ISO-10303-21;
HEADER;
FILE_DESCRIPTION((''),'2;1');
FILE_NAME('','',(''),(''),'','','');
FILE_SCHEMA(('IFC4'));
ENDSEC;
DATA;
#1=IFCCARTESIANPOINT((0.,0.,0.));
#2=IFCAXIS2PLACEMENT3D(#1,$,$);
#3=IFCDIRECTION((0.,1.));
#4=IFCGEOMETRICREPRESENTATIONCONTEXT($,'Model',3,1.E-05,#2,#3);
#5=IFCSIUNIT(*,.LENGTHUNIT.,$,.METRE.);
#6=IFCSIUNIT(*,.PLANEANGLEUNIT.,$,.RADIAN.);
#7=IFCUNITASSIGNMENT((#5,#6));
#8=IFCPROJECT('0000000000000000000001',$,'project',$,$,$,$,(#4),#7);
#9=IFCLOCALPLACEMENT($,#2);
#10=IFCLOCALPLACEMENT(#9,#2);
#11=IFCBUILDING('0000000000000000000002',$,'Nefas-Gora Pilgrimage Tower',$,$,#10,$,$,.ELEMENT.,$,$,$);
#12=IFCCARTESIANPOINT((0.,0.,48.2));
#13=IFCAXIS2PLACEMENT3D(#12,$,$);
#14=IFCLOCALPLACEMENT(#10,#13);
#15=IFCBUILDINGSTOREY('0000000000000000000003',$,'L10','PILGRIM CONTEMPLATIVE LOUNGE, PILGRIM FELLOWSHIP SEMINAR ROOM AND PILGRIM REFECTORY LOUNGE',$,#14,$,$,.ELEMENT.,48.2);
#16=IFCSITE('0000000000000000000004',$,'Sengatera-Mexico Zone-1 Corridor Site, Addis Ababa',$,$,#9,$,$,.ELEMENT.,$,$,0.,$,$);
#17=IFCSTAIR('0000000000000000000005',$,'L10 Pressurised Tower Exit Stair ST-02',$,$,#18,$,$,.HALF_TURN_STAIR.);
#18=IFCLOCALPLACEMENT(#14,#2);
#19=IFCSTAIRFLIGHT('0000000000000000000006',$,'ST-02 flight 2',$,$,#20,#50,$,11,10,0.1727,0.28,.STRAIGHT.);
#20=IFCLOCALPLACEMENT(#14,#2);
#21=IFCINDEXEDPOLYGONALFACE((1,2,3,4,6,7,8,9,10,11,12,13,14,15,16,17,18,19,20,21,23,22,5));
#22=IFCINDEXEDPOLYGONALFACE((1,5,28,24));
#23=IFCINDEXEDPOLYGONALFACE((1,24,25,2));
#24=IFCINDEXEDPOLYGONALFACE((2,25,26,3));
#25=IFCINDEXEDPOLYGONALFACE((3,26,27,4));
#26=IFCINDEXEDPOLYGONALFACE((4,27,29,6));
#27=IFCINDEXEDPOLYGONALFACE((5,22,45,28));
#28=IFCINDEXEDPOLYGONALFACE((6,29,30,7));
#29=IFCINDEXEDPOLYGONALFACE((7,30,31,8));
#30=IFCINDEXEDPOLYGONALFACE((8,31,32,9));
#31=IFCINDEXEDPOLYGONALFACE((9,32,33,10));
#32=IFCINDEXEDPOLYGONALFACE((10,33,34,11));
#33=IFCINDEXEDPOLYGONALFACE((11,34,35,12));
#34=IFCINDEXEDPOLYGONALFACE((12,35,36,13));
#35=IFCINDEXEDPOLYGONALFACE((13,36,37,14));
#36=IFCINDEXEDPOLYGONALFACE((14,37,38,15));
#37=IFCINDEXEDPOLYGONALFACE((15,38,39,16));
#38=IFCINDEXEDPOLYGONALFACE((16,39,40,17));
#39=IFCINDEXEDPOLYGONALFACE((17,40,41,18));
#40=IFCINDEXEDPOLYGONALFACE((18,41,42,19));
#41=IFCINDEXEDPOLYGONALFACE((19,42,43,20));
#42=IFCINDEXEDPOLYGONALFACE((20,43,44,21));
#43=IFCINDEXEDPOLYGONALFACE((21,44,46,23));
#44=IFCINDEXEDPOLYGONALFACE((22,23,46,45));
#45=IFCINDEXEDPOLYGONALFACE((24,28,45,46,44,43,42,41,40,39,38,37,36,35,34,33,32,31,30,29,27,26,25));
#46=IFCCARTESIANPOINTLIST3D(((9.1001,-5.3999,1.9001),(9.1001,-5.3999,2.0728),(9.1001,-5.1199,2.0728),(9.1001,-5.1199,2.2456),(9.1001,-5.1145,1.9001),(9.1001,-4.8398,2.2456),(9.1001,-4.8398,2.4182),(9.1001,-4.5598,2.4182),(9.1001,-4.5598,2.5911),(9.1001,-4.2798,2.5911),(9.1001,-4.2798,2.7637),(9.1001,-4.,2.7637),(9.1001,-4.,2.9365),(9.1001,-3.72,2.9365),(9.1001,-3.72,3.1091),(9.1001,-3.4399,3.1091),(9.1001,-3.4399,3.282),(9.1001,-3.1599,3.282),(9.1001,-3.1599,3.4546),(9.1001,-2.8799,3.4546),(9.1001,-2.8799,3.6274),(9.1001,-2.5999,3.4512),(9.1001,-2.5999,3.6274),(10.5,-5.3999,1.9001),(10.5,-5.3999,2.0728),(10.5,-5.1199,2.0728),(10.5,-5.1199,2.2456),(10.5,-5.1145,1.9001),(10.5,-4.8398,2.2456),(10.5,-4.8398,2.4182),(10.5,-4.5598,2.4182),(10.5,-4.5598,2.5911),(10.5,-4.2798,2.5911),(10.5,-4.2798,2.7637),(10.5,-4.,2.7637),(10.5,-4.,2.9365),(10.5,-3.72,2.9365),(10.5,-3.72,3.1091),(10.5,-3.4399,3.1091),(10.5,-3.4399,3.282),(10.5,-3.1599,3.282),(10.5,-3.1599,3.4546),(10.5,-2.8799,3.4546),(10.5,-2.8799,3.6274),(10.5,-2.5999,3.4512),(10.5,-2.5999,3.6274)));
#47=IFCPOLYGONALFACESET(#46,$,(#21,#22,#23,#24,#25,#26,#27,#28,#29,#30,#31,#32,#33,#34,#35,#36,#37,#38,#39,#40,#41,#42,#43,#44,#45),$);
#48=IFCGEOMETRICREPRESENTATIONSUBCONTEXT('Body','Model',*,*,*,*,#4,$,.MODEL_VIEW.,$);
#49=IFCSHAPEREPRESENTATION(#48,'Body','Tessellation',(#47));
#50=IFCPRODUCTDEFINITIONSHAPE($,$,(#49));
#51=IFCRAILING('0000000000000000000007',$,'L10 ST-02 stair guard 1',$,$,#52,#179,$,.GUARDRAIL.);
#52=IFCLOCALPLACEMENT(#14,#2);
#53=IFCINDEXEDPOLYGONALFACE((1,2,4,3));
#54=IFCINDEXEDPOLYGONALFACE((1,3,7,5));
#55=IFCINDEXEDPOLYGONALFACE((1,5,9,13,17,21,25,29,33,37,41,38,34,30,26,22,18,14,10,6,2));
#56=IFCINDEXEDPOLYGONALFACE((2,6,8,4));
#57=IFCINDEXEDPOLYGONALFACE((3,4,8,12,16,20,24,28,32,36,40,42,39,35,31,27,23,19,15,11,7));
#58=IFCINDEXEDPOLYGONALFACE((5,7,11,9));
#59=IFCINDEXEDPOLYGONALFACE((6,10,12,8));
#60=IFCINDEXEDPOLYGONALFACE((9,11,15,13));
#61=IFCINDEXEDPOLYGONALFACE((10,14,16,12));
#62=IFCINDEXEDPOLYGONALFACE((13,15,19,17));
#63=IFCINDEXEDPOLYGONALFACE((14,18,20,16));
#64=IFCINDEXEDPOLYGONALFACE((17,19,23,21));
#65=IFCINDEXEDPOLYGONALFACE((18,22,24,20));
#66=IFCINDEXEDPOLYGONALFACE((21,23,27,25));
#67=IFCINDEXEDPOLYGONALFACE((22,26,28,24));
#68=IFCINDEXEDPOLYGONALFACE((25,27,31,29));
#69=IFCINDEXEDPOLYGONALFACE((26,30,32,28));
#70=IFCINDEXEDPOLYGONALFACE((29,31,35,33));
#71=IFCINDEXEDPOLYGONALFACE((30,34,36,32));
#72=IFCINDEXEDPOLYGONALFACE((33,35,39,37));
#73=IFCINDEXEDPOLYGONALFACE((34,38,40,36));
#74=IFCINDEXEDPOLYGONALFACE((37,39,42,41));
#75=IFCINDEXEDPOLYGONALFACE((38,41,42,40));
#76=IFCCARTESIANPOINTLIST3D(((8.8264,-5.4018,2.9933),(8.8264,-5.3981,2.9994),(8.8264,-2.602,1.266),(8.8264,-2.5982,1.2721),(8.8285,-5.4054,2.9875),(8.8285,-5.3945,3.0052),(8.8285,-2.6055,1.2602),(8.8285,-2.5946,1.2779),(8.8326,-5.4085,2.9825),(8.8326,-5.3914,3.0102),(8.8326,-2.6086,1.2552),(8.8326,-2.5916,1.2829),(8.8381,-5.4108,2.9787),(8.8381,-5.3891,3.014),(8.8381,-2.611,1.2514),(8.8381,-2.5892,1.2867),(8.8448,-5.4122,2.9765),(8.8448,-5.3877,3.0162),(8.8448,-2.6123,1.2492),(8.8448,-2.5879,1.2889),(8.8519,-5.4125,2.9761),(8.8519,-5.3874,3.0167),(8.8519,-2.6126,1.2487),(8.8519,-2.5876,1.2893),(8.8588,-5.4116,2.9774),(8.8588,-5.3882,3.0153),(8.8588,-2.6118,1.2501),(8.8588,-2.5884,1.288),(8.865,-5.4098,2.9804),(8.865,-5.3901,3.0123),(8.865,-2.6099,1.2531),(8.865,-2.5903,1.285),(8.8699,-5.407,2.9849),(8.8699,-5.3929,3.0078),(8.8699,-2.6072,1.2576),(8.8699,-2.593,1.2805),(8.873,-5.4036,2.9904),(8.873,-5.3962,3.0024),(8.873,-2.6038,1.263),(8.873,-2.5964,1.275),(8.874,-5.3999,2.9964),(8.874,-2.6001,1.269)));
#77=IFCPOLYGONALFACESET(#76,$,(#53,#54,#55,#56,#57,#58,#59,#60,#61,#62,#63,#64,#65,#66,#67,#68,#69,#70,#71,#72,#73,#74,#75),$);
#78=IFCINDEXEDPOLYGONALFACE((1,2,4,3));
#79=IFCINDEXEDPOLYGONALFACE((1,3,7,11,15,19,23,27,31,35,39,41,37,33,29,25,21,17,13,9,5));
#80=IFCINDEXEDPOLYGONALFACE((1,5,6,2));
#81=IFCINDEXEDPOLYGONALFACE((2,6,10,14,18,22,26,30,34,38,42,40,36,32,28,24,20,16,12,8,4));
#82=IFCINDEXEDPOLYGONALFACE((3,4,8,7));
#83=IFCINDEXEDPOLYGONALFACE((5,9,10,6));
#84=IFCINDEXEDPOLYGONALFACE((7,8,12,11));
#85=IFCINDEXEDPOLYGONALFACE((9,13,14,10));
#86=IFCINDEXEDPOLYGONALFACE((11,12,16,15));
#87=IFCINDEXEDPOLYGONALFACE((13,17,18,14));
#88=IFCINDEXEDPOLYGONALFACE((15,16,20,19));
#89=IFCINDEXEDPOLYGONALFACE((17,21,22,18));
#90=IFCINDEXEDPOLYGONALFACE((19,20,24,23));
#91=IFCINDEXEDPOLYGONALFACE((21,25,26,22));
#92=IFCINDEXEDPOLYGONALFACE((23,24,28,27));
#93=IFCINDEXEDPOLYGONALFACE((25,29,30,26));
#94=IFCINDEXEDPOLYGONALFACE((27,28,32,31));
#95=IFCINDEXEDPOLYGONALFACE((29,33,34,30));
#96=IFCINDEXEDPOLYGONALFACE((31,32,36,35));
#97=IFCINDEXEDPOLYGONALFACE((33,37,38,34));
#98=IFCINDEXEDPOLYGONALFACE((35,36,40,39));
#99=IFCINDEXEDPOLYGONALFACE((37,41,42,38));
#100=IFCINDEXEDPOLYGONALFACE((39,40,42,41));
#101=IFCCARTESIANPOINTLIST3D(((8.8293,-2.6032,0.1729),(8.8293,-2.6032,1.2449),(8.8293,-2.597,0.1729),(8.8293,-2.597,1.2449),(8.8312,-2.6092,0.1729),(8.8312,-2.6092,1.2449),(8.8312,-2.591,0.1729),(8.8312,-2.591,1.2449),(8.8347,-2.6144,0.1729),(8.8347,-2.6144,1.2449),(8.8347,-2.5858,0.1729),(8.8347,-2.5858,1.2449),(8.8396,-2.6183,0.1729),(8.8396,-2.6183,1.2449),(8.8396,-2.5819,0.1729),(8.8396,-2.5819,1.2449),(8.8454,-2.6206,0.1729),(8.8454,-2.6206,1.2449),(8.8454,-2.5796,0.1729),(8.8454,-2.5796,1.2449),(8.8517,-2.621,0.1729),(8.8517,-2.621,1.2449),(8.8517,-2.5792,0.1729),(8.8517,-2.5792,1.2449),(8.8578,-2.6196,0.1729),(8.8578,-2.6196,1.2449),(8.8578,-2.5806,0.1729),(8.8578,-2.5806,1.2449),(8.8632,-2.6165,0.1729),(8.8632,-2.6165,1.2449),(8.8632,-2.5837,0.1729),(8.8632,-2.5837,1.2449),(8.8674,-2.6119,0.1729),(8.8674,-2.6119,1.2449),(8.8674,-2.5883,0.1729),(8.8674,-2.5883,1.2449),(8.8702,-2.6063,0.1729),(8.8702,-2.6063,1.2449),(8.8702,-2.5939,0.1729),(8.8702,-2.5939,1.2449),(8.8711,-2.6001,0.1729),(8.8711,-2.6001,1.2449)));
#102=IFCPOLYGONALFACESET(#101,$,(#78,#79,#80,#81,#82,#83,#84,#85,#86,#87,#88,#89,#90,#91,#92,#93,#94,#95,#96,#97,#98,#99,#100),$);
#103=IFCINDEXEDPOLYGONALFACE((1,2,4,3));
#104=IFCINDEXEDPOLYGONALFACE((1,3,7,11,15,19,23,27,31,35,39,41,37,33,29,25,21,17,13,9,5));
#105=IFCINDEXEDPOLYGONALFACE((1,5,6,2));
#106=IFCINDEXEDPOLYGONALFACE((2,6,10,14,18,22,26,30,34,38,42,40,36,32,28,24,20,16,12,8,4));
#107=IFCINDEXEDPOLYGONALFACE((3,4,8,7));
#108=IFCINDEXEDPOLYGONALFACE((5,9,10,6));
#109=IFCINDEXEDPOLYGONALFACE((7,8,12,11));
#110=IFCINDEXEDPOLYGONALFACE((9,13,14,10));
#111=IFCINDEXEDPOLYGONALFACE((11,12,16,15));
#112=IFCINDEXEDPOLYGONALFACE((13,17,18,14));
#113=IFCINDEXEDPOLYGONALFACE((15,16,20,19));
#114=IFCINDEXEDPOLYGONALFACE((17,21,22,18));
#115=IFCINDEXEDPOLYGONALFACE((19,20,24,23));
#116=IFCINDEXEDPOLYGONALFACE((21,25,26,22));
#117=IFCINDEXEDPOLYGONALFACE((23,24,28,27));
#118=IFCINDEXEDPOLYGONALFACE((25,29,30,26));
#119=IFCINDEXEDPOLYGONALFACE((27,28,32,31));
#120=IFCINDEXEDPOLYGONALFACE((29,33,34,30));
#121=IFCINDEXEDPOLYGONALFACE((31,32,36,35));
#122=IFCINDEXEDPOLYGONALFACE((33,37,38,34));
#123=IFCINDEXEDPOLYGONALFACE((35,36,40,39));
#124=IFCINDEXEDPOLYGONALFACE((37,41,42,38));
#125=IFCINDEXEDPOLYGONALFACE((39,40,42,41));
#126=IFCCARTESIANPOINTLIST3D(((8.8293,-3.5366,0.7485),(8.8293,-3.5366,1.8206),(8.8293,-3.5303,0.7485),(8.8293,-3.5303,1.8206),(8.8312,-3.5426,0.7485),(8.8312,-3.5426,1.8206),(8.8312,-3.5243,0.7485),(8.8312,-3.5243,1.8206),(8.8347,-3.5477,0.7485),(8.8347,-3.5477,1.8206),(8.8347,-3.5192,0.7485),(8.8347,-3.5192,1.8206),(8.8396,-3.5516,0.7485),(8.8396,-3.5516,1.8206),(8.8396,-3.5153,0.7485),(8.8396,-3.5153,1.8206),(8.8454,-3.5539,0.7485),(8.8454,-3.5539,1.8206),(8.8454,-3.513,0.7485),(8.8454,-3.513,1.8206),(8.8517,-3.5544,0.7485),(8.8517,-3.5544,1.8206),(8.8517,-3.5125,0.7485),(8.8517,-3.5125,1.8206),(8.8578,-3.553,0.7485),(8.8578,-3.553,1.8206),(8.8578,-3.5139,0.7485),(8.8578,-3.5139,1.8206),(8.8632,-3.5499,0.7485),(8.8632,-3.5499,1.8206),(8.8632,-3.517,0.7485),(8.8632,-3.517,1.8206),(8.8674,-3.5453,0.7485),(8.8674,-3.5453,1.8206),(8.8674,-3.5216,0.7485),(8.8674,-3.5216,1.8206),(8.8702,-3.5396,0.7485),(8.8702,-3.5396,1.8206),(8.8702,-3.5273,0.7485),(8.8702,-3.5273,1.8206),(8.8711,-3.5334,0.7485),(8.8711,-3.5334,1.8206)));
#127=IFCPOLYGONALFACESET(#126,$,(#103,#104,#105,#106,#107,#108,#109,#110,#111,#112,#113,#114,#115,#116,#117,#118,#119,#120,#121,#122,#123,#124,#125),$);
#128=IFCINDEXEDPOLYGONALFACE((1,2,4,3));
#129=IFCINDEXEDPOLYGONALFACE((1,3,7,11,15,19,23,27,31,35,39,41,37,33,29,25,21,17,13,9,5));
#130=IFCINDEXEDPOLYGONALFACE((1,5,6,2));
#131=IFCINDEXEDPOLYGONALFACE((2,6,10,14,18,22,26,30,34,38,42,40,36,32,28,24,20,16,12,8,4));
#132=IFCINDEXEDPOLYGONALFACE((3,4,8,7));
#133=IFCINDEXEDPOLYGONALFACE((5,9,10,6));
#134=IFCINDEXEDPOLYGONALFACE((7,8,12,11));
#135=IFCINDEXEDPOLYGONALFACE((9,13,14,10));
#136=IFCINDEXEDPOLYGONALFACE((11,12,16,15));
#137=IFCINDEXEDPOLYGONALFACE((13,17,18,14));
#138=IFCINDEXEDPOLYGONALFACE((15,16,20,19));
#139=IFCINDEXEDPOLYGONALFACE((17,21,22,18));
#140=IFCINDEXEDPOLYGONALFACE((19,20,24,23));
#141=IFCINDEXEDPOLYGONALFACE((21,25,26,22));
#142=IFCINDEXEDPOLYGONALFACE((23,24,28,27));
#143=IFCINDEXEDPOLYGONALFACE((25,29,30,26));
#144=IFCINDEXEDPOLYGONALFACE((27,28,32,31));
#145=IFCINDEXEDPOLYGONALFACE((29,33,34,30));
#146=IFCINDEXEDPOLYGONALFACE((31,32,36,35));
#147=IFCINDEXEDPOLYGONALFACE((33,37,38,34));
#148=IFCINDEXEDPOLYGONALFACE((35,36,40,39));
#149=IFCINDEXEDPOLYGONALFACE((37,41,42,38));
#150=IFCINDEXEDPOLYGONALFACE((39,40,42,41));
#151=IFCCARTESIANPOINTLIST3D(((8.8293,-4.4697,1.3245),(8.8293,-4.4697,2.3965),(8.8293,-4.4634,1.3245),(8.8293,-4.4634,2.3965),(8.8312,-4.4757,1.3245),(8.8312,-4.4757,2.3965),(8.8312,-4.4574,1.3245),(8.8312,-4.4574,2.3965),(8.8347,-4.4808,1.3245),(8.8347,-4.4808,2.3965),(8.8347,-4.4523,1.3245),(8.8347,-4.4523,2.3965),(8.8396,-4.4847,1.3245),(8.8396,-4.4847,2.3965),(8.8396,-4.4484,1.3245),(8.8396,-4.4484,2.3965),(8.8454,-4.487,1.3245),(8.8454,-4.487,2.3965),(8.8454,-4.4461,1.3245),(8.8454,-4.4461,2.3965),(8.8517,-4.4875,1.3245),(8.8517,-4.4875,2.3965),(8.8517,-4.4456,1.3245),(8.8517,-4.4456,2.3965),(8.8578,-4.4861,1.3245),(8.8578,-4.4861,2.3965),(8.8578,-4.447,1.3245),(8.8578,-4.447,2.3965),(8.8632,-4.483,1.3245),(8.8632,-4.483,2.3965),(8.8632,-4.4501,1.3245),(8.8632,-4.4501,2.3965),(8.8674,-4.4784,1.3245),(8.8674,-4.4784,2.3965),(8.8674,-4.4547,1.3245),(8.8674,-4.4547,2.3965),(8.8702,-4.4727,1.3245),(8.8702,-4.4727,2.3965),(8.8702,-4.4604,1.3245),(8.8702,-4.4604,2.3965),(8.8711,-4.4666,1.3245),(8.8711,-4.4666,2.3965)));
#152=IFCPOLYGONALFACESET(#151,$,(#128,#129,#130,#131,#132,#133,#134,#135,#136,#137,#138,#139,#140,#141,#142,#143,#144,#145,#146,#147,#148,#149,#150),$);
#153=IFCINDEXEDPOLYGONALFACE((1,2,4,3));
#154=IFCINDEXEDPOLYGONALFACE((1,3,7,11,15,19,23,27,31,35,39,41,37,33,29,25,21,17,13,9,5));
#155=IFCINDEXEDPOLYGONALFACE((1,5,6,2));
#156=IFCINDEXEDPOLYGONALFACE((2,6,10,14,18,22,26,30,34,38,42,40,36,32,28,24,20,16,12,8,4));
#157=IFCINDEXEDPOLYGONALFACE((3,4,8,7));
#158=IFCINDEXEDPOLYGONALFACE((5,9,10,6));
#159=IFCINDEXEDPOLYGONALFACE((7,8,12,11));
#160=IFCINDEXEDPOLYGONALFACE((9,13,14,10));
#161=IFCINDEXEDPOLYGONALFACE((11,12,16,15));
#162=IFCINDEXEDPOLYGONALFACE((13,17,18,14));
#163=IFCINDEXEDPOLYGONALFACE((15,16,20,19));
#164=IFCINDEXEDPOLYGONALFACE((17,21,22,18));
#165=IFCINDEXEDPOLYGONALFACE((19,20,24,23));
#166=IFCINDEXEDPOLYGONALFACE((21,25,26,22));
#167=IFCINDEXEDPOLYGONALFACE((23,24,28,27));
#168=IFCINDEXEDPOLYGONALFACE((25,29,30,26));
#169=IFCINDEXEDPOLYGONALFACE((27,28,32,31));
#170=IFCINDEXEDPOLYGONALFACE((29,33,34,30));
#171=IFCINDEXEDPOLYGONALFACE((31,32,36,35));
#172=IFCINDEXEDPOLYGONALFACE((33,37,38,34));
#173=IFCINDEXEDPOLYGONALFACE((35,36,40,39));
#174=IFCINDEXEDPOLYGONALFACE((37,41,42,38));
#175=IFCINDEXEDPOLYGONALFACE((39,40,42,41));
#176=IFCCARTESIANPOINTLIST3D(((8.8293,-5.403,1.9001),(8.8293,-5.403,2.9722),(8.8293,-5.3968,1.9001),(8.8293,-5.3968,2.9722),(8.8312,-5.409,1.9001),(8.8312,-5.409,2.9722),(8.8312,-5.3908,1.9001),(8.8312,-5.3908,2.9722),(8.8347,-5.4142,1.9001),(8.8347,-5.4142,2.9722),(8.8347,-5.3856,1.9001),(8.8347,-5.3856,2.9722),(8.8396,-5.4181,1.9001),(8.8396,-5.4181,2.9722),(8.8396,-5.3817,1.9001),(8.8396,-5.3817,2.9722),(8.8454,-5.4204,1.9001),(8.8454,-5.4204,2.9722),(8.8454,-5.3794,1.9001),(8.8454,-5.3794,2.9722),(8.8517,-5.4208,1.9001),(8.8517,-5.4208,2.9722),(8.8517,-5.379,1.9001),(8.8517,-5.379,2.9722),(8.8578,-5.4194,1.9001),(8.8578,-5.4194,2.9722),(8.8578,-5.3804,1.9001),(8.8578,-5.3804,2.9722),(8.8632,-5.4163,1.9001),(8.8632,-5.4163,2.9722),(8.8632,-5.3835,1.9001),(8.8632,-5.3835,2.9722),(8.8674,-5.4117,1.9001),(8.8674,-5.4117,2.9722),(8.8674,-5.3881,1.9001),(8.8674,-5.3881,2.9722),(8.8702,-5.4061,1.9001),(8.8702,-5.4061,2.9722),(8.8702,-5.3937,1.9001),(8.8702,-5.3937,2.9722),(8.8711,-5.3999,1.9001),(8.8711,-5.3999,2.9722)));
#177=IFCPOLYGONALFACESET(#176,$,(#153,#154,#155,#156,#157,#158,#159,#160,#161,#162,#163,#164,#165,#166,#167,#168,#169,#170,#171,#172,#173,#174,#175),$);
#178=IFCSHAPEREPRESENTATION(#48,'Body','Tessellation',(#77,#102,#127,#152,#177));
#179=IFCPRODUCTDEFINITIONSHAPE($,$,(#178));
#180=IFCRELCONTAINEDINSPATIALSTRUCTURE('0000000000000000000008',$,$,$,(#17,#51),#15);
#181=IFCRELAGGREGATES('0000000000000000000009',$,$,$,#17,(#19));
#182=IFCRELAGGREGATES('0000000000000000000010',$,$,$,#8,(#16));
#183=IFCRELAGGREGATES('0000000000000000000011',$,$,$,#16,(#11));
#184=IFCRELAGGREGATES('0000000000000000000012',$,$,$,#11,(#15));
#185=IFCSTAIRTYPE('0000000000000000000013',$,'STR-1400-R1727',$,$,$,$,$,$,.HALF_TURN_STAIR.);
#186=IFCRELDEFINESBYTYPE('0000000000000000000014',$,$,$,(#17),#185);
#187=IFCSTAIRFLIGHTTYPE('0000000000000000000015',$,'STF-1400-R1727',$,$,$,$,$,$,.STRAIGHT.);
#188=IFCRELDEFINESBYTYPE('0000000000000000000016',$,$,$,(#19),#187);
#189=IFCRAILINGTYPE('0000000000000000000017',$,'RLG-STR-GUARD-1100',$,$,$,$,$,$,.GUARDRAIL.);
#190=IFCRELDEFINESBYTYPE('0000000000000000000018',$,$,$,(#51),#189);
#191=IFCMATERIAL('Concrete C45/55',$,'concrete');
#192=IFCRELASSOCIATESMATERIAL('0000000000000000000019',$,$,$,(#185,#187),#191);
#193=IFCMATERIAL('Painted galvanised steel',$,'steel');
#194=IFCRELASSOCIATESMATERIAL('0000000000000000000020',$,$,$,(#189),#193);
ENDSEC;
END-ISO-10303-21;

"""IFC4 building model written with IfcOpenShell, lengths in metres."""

from ifc_helpers import new_model, si_unit, direction, frame, origin, origin_2d, place, context, subcontext, project, spatial, polyline, circle, outline, extrude, source, transform, mapped, material, type_object, element, aggregate, save


model = new_model("IFC4")

# Units and contexts
model_context = context("Model", 3, precision=1e-05, world=origin(), true_north=direction((0.0, 1.0)))
body_context = subcontext(model_context, "Body", "Model", "MODEL_VIEW")
ifc_project = project(units=[si_unit("LENGTHUNIT", "METRE"), si_unit("PLANEANGLEUNIT", "RADIAN")], contexts=[model_context])

# Site, building, storey
site_placement = place(None, origin())
site = spatial("IfcSite", under=ifc_project, at=site_placement, Name="Sengatera-Mexico Zone-1 Corridor Site, Addis Ababa", CompositionType="ELEMENT", RefElevation=0.0)
building_placement = place(site_placement, origin())
building = spatial("IfcBuilding", under=site, at=building_placement, Name="Nefas-Gora Pilgrimage Tower", CompositionType="ELEMENT")
storey_placement = place(building_placement, frame((0.0, 0.0, 48.2)))
storey = spatial("IfcBuildingStorey", under=building, at=storey_placement, Name="L10", Description="PILGRIM CONTEMPLATIVE LOUNGE, PILGRIM FELLOWSHIP SEMINAR ROOM AND PILGRIM REFECTORY LOUNGE", CompositionType="ELEMENT", Elevation=48.2)

# Shared definitions
ifc_material_1 = material(Name="Concrete C45/55", Category="concrete")

# Stair, stair flight
stair_type = type_object("IfcStairType", Name="STR-1400-R1727", PredefinedType="HALF_TURN_STAIR", material=ifc_material_1)
stair_placement = place(storey_placement, origin())
stair = element("IfcStair", 1, at=stair_placement, inside=storey, type_object=stair_type, Name="L10 Pressurised Tower Exit Stair ST-02", PredefinedType="HALF_TURN_STAIR")
stair_flight_type = type_object("IfcStairFlightType", Name="STF-1400-R1727", PredefinedType="STRAIGHT", material=ifc_material_1)
shared_shape_1 = source(origin(), body_context, "Body", "SweptSolid", [
    extrude(outline(polyline([(0.0, 0.0), (0.0, 0.1726), (0.28, 0.1726), (0.28, 0.3455), (0.5601, 0.3455), (0.5601, 0.5181), (0.8401, 0.5181), (0.8401, 0.6909), (1.1201, 0.6909), (1.1201, 0.8635), (1.3999, 0.8635), (1.3999, 1.0364), (1.6799, 1.0364), (1.6799, 1.209), (1.96, 1.209), (1.96, 1.3818), (2.24, 1.3818), (2.24, 1.5544), (2.52, 1.5544), (2.52, 1.7273), (2.8, 1.7273), (2.8, 1.8999), (2.8, 1.551), (0.2854, 0.0), (0.0, 0.0)])), frame((0.0, 0.7, 0.0), z_axis=(0.0, -1.0, 0.0), x_axis=(1.0, 0.0, 0.0)), (0.0, 0.0, 1.0), 1.3999),
])
stair_flight_1_placement = place(storey_placement, frame((9.8, -5.3999, 1.9001), z_axis=(0.0, 0.0, 1.0), x_axis=(0.0, 1.0, 0.0)))
stair_flight_1 = element("IfcStairFlight", 2, at=stair_flight_1_placement, type_object=stair_flight_type, Name="ST-02 flight 2", NumberOfRisers=11, NumberOfTreads=10, PredefinedType="STRAIGHT", RiserHeight=0.1727, TreadLength=0.28, context=body_context, shape_type="MappedRepresentation", body=[
    mapped(shared_shape_1, transform((0.0, 0.0, 0.0), x_axis=(1.0, 0.0, 0.0), y_axis=(0.0, 1.0, 0.0), z_axis=(0.0, 0.0, 1.0), scale=1.0)),
])
aggregate(stair, [stair_flight_1])

# Railing
ifc_material_2 = material(Name="Painted galvanised steel", Category="steel")
railing_type_1 = type_object("IfcRailingType", Name="RLG-STR-GUARD-1100", PredefinedType="GUARDRAIL", material=ifc_material_2)
railing_1_placement = place(storey_placement, frame((8.8501, -2.6001, 0.1729)))
element("IfcRailing", 3, at=railing_1_placement, inside=storey, type_object=railing_type_1, Name="L10 ST-02 stair guard 1", PredefinedType="GUARDRAIL", context=body_context, shape_type="SweptSolid", body=[
    extrude(circle(Radius=0.0239, at=origin_2d()), frame((0.0, 0.0, 1.0962), z_axis=(0.0, -0.851069, 0.525054), x_axis=(1.0, 0.0, 0.0)), (0.0, 0.0, 1.0), 3.2898),
    extrude(circle(Radius=0.021, at=origin_2d()), origin(), (0.0, 0.0, 1.0), 1.072),
    extrude(circle(Radius=0.021, at=origin_2d()), frame((0.0, -0.9333, 0.5757)), (0.0, 0.0, 1.0), 1.072),
    extrude(circle(Radius=0.021, at=origin_2d()), frame((0.0, -1.8665, 1.1516)), (0.0, 0.0, 1.0), 1.072),
    extrude(circle(Radius=0.021, at=origin_2d()), frame((0.0, -2.7998, 1.7273)), (0.0, 0.0, 1.0), 1.072),
])

save(model, "model.ifc")
